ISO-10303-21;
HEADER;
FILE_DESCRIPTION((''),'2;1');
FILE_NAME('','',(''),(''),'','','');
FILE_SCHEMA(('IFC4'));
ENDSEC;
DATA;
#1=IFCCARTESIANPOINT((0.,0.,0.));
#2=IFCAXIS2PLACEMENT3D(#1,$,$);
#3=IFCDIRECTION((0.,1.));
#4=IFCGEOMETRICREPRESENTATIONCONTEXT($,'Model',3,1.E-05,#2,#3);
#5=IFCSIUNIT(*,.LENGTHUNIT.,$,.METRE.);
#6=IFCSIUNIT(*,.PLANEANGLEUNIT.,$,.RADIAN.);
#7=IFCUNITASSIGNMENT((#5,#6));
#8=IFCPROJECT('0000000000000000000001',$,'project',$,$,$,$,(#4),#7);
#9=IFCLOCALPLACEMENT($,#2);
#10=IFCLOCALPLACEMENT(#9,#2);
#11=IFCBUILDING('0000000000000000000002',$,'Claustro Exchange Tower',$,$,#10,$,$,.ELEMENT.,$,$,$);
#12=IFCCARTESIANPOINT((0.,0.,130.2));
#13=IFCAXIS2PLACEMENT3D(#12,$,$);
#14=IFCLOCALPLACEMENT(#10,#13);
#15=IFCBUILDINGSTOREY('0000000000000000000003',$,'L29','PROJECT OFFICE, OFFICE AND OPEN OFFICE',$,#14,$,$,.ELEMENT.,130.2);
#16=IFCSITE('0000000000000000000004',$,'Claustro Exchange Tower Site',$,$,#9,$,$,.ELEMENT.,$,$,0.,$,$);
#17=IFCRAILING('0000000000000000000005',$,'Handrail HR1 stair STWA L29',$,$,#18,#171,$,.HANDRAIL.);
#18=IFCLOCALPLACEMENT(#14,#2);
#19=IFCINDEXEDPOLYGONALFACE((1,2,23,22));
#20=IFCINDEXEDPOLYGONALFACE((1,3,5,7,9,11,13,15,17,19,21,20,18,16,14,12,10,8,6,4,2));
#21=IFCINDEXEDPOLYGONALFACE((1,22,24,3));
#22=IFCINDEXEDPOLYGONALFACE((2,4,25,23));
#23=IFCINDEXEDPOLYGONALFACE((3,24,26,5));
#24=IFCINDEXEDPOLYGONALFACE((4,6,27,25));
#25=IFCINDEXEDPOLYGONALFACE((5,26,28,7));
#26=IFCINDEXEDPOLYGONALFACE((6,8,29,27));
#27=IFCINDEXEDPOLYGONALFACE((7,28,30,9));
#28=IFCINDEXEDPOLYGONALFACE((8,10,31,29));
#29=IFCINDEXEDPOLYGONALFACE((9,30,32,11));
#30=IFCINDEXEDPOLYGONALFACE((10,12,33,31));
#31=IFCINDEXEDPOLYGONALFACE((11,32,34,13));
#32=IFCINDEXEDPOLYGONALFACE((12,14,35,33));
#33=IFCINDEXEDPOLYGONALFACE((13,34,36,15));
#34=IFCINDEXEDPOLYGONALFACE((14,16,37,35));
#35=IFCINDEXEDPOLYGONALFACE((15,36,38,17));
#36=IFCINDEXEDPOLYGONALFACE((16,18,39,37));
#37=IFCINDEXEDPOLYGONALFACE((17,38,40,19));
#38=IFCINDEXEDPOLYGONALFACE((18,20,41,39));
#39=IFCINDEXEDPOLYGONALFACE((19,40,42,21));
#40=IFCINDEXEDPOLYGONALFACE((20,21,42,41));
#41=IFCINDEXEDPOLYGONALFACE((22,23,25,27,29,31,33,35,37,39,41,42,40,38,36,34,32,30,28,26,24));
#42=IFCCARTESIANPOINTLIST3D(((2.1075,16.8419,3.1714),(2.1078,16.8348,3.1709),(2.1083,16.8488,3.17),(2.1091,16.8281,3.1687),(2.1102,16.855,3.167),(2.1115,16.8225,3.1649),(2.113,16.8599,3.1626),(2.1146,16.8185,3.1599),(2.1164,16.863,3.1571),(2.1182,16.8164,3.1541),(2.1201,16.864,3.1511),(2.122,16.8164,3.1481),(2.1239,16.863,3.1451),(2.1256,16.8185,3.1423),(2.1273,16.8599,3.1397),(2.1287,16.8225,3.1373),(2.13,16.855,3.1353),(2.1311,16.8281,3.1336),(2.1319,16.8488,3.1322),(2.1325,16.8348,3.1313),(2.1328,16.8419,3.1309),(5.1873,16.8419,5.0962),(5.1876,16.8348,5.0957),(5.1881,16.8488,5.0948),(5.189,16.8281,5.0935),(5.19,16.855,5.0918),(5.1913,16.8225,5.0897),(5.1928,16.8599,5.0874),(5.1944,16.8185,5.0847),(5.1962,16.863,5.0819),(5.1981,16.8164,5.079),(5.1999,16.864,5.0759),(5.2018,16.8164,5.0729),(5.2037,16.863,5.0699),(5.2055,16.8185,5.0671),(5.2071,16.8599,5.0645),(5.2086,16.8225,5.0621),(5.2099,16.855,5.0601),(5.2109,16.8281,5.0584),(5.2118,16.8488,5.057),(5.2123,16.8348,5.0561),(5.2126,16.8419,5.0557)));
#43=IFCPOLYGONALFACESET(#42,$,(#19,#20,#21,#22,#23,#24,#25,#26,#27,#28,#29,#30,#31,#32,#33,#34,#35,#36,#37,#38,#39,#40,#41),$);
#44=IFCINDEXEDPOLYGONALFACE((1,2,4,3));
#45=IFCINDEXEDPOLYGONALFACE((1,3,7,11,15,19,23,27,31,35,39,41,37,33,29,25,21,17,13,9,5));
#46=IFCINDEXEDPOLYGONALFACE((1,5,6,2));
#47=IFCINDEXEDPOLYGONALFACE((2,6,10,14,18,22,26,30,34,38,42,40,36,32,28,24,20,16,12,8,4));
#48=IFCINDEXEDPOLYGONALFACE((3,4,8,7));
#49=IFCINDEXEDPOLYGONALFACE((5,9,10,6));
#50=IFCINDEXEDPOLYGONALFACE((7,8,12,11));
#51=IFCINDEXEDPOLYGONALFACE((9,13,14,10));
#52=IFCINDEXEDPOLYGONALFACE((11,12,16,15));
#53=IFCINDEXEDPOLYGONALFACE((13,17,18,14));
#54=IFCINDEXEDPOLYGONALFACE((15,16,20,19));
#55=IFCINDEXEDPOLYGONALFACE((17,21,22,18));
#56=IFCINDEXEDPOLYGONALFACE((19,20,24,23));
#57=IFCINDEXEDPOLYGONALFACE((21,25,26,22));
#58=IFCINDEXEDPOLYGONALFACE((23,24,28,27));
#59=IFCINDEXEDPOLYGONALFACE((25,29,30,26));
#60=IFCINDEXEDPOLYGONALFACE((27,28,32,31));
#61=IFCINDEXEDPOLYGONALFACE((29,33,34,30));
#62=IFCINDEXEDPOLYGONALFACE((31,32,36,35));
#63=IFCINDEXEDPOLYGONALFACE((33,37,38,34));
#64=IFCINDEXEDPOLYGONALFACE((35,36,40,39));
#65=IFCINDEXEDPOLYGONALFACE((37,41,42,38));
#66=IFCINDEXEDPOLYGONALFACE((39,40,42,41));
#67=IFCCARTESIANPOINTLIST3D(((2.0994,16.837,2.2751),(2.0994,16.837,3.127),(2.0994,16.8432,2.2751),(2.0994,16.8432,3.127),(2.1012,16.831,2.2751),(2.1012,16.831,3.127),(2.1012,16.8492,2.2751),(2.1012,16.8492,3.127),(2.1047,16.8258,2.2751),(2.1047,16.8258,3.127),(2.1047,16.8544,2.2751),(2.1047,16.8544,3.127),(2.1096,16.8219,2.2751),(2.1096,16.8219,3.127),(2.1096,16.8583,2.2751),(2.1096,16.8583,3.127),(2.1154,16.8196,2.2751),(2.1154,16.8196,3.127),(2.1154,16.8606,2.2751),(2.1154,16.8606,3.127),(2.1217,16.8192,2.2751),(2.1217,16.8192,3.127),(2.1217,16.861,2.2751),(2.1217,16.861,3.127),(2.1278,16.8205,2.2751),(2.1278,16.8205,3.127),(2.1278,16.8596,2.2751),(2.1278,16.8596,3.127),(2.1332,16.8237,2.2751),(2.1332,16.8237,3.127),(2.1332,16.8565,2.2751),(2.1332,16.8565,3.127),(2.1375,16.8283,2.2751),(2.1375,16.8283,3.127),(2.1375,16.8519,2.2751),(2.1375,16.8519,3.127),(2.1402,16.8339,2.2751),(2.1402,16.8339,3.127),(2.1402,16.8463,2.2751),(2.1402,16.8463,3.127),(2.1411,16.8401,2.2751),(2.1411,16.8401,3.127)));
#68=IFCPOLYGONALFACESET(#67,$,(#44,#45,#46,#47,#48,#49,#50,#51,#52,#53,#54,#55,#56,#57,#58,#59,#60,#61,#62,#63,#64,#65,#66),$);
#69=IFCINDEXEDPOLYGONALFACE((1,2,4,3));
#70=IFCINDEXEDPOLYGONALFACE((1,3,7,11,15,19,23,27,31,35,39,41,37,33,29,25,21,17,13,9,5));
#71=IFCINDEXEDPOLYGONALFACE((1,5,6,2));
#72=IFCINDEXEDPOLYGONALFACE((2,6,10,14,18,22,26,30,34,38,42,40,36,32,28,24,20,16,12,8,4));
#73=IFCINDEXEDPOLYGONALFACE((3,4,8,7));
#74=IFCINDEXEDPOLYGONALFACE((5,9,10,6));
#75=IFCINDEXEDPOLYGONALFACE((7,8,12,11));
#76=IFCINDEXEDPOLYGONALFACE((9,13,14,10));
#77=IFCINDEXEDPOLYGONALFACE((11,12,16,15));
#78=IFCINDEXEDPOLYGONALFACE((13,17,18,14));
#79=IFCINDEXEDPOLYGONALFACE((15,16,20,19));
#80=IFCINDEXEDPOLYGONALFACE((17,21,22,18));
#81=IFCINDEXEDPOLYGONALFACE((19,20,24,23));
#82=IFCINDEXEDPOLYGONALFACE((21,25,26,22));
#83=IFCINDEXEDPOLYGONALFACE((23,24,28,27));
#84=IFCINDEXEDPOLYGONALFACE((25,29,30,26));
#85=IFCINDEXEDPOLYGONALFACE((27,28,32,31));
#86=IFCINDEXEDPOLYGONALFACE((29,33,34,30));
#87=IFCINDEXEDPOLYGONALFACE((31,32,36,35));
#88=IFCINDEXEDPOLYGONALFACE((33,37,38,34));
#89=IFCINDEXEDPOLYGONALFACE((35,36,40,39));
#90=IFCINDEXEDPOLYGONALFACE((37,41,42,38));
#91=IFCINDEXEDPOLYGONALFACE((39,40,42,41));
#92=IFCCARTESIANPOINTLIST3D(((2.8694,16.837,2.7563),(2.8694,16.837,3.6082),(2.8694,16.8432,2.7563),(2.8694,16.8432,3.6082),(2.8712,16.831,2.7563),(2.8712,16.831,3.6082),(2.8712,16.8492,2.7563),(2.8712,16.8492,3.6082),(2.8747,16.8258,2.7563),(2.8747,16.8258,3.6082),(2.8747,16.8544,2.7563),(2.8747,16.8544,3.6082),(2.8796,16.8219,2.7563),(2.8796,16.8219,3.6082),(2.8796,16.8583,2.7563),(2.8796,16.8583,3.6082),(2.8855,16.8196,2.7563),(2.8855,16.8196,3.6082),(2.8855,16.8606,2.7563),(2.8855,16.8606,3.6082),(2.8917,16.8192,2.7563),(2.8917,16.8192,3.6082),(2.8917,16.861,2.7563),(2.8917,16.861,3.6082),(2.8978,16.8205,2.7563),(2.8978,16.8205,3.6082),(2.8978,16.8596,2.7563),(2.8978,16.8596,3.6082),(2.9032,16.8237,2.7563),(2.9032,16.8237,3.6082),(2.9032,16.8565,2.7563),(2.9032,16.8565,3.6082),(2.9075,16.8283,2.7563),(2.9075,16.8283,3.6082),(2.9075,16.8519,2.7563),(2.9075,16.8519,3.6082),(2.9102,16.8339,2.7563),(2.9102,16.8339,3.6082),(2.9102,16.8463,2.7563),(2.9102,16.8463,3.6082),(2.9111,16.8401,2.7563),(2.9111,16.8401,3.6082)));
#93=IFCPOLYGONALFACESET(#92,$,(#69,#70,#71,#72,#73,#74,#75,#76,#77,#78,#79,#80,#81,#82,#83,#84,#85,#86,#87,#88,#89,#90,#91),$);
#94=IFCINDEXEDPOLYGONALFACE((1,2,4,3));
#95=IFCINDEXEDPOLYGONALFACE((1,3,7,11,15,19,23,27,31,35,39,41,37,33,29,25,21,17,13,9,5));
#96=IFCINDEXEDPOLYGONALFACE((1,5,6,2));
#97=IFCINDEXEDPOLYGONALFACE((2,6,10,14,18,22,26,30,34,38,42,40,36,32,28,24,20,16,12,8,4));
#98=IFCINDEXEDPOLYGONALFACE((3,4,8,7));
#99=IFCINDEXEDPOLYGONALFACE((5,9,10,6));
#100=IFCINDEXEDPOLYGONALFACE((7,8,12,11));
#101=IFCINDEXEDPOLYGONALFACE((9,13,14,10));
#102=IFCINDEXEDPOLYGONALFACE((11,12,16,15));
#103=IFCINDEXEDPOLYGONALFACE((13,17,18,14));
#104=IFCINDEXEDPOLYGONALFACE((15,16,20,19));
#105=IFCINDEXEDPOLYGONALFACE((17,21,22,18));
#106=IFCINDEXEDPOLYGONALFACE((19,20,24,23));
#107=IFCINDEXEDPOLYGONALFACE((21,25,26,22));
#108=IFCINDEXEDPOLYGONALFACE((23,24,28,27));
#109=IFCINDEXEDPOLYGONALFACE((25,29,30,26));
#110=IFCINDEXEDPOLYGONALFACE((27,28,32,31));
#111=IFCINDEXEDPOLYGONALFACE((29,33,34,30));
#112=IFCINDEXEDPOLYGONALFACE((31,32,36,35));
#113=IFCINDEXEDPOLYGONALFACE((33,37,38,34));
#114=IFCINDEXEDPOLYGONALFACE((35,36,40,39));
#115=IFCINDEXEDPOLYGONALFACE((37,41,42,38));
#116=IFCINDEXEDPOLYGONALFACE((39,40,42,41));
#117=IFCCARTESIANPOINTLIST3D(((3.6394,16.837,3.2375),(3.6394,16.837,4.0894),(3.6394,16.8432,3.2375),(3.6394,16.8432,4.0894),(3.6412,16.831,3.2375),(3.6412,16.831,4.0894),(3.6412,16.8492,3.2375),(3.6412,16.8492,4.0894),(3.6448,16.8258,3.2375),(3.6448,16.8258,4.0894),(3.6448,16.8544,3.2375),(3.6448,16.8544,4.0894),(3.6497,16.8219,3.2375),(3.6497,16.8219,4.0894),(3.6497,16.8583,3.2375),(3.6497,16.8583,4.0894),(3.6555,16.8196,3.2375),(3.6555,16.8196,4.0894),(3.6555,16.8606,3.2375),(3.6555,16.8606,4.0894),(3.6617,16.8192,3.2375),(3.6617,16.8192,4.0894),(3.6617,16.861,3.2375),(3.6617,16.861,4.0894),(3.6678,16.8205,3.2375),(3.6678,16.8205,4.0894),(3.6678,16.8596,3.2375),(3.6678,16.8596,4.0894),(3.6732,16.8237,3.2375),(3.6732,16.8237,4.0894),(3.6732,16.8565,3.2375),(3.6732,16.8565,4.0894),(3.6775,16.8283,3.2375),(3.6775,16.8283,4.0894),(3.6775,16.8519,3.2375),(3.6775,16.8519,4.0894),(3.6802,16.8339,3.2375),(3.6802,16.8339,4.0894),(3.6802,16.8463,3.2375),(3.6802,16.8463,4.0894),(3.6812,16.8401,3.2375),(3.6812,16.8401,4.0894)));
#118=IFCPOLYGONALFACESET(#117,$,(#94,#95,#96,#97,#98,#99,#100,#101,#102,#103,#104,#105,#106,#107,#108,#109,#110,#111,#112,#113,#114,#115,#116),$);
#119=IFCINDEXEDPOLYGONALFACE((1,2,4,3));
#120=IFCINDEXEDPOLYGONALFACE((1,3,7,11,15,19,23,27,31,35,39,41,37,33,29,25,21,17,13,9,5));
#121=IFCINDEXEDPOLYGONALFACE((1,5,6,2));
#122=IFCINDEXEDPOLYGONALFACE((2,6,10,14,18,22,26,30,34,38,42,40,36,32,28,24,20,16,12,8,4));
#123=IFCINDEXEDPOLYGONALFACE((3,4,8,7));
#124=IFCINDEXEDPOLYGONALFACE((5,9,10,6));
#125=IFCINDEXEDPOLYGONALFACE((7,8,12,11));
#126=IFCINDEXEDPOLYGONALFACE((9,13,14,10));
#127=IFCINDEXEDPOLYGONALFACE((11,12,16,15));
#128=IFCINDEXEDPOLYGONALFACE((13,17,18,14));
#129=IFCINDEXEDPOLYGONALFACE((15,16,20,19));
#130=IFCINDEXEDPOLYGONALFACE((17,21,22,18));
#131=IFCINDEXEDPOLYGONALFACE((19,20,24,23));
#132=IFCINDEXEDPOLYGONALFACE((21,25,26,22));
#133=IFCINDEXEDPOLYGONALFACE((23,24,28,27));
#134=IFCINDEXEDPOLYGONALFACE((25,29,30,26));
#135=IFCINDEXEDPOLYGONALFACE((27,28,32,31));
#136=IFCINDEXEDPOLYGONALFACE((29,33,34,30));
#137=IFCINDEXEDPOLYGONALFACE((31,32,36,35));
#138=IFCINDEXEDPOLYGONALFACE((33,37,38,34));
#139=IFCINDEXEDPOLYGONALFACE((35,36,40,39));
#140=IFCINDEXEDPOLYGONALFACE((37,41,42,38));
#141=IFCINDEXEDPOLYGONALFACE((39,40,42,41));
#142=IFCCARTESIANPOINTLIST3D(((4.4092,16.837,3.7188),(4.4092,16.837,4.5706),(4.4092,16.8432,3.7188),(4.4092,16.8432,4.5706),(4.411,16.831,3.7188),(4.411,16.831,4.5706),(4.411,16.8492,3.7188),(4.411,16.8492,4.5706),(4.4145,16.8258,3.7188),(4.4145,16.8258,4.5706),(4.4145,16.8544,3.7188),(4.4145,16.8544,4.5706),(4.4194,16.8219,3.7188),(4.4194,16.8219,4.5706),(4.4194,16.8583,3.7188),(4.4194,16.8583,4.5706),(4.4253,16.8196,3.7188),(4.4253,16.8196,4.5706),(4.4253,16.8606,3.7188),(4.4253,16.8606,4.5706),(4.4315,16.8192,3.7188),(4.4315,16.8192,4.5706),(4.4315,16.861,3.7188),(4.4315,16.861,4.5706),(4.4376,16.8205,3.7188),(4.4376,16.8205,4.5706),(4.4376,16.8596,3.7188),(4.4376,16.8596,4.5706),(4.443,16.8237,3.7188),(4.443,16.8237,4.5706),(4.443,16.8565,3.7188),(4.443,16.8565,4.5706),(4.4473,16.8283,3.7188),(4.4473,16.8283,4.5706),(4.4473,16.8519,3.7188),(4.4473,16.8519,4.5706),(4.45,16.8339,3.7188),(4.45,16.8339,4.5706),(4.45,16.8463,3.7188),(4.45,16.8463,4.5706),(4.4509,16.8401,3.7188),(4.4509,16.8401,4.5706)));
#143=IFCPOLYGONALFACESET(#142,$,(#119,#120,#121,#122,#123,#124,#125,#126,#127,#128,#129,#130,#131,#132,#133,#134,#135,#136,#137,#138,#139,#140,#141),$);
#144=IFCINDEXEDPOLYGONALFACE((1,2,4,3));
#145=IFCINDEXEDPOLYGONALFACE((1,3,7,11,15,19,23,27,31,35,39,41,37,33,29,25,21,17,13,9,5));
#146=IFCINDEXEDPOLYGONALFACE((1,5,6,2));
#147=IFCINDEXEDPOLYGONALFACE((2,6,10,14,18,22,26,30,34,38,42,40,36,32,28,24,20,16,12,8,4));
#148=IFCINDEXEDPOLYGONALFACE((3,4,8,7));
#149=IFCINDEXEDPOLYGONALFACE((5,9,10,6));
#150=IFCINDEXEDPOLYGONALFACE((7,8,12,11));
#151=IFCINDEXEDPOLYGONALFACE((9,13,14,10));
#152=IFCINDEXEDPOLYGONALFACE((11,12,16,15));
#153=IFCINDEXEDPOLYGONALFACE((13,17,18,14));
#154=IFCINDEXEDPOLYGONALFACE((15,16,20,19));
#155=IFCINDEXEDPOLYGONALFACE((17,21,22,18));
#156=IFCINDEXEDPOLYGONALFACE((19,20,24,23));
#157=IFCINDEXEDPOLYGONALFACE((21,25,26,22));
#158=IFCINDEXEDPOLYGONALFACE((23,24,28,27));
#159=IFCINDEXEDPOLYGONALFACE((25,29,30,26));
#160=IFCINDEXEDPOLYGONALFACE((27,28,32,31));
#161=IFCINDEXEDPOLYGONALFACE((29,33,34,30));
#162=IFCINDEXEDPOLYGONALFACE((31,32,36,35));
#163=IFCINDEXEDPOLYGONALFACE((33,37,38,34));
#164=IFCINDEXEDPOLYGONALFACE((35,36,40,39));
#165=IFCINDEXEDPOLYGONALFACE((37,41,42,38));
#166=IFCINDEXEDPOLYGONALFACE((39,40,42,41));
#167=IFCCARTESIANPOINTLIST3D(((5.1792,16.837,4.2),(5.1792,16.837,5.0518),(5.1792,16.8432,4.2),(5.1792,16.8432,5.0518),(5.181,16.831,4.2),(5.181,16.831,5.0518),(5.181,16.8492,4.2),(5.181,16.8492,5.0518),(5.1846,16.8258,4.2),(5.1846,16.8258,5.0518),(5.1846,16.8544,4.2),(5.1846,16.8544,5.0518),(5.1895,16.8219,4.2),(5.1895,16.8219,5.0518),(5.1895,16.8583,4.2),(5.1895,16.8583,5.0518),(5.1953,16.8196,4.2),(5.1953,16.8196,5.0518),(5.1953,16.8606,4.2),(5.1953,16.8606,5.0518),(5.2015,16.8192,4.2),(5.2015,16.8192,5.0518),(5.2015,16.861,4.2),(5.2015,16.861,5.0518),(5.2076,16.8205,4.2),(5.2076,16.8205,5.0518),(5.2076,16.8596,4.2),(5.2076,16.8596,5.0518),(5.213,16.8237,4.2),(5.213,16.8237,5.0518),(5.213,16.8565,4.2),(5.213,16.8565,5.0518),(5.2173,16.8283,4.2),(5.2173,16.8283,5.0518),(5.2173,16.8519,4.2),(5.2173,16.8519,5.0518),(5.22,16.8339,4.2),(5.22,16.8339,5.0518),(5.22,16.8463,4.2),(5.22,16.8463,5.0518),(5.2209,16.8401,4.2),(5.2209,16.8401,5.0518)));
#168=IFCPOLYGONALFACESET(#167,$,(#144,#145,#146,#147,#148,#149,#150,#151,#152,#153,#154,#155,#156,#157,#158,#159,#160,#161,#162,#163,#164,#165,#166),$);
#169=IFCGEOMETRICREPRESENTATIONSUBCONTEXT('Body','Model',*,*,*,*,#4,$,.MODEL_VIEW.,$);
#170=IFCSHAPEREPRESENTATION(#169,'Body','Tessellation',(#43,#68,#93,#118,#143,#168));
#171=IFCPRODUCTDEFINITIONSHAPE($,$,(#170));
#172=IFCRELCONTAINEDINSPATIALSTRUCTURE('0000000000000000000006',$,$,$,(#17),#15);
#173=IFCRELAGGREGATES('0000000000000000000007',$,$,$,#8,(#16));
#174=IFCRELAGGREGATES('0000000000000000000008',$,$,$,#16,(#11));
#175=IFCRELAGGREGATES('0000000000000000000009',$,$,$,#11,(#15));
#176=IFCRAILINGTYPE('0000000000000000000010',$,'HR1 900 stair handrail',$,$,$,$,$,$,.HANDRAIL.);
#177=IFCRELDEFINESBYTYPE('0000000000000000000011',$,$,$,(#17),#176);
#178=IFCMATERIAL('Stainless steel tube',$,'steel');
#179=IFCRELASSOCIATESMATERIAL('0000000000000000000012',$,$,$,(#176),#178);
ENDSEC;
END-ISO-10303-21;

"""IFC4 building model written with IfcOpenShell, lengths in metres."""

from ifc_helpers import new_model, si_unit, direction, frame, origin, origin_2d, place, context, subcontext, project, spatial, circle, extrude, material, type_object, element, save


model = new_model("IFC4")

# Units and contexts
model_context = context("Model", 3, precision=1e-05, world=origin(), true_north=direction((0.0, 1.0)))
body_context = subcontext(model_context, "Body", "Model", "MODEL_VIEW")
ifc_project = project(units=[si_unit("LENGTHUNIT", "METRE"), si_unit("PLANEANGLEUNIT", "RADIAN")], contexts=[model_context])

# Site, building, storey
site_placement = place(None, origin())
site = spatial("IfcSite", under=ifc_project, at=site_placement, Name="Claustro Exchange Tower Site", CompositionType="ELEMENT", RefElevation=0.0)
building_placement = place(site_placement, origin())
building = spatial("IfcBuilding", under=site, at=building_placement, Name="Claustro Exchange Tower", CompositionType="ELEMENT")
storey_placement = place(building_placement, frame((0.0, 0.0, 130.2)))
storey = spatial("IfcBuildingStorey", under=building, at=storey_placement, Name="L29", Description="PROJECT OFFICE, OFFICE AND OPEN OFFICE", CompositionType="ELEMENT", Elevation=130.2)

# Railing
ifc_material_1 = material(Name="Stainless steel tube", Category="steel")
railing_type = type_object("IfcRailingType", Name="HR1 900 stair handrail", PredefinedType="HANDRAIL", material=ifc_material_1)
railing_placement = place(storey_placement, frame((2.1201, 16.8401, 2.2751)))
element("IfcRailing", 1, at=railing_placement, inside=storey, type_object=railing_type, Name="Handrail HR1 stair STWA L29", PredefinedType="HANDRAIL", context=body_context, shape_type="SweptSolid", body=[
    extrude(circle(Radius=0.0239, at=origin_2d()), frame((0.0, 0.0, 0.876), z_axis=(0.84801, 0.0, 0.529981), x_axis=(0.0, 1.0, 0.0)), (0.0, 0.0, 1.0), 3.6318),
    extrude(circle(Radius=0.021, at=origin_2d()), origin(), (0.0, 0.0, 1.0), 0.8518),
    extrude(circle(Radius=0.021, at=origin_2d()), frame((0.77, 0.0, 0.4812)), (0.0, 0.0, 1.0), 0.8518),
    extrude(circle(Radius=0.021, at=origin_2d()), frame((1.54, 0.0, 0.9624)), (0.0, 0.0, 1.0), 0.8518),
    extrude(circle(Radius=0.021, at=origin_2d()), frame((2.3098, 0.0, 1.4436)), (0.0, 0.0, 1.0), 0.8518),
    extrude(circle(Radius=0.021, at=origin_2d()), frame((3.0798, 0.0, 1.9248)), (0.0, 0.0, 1.0), 0.8518),
])

save(model, "model.ifc")
